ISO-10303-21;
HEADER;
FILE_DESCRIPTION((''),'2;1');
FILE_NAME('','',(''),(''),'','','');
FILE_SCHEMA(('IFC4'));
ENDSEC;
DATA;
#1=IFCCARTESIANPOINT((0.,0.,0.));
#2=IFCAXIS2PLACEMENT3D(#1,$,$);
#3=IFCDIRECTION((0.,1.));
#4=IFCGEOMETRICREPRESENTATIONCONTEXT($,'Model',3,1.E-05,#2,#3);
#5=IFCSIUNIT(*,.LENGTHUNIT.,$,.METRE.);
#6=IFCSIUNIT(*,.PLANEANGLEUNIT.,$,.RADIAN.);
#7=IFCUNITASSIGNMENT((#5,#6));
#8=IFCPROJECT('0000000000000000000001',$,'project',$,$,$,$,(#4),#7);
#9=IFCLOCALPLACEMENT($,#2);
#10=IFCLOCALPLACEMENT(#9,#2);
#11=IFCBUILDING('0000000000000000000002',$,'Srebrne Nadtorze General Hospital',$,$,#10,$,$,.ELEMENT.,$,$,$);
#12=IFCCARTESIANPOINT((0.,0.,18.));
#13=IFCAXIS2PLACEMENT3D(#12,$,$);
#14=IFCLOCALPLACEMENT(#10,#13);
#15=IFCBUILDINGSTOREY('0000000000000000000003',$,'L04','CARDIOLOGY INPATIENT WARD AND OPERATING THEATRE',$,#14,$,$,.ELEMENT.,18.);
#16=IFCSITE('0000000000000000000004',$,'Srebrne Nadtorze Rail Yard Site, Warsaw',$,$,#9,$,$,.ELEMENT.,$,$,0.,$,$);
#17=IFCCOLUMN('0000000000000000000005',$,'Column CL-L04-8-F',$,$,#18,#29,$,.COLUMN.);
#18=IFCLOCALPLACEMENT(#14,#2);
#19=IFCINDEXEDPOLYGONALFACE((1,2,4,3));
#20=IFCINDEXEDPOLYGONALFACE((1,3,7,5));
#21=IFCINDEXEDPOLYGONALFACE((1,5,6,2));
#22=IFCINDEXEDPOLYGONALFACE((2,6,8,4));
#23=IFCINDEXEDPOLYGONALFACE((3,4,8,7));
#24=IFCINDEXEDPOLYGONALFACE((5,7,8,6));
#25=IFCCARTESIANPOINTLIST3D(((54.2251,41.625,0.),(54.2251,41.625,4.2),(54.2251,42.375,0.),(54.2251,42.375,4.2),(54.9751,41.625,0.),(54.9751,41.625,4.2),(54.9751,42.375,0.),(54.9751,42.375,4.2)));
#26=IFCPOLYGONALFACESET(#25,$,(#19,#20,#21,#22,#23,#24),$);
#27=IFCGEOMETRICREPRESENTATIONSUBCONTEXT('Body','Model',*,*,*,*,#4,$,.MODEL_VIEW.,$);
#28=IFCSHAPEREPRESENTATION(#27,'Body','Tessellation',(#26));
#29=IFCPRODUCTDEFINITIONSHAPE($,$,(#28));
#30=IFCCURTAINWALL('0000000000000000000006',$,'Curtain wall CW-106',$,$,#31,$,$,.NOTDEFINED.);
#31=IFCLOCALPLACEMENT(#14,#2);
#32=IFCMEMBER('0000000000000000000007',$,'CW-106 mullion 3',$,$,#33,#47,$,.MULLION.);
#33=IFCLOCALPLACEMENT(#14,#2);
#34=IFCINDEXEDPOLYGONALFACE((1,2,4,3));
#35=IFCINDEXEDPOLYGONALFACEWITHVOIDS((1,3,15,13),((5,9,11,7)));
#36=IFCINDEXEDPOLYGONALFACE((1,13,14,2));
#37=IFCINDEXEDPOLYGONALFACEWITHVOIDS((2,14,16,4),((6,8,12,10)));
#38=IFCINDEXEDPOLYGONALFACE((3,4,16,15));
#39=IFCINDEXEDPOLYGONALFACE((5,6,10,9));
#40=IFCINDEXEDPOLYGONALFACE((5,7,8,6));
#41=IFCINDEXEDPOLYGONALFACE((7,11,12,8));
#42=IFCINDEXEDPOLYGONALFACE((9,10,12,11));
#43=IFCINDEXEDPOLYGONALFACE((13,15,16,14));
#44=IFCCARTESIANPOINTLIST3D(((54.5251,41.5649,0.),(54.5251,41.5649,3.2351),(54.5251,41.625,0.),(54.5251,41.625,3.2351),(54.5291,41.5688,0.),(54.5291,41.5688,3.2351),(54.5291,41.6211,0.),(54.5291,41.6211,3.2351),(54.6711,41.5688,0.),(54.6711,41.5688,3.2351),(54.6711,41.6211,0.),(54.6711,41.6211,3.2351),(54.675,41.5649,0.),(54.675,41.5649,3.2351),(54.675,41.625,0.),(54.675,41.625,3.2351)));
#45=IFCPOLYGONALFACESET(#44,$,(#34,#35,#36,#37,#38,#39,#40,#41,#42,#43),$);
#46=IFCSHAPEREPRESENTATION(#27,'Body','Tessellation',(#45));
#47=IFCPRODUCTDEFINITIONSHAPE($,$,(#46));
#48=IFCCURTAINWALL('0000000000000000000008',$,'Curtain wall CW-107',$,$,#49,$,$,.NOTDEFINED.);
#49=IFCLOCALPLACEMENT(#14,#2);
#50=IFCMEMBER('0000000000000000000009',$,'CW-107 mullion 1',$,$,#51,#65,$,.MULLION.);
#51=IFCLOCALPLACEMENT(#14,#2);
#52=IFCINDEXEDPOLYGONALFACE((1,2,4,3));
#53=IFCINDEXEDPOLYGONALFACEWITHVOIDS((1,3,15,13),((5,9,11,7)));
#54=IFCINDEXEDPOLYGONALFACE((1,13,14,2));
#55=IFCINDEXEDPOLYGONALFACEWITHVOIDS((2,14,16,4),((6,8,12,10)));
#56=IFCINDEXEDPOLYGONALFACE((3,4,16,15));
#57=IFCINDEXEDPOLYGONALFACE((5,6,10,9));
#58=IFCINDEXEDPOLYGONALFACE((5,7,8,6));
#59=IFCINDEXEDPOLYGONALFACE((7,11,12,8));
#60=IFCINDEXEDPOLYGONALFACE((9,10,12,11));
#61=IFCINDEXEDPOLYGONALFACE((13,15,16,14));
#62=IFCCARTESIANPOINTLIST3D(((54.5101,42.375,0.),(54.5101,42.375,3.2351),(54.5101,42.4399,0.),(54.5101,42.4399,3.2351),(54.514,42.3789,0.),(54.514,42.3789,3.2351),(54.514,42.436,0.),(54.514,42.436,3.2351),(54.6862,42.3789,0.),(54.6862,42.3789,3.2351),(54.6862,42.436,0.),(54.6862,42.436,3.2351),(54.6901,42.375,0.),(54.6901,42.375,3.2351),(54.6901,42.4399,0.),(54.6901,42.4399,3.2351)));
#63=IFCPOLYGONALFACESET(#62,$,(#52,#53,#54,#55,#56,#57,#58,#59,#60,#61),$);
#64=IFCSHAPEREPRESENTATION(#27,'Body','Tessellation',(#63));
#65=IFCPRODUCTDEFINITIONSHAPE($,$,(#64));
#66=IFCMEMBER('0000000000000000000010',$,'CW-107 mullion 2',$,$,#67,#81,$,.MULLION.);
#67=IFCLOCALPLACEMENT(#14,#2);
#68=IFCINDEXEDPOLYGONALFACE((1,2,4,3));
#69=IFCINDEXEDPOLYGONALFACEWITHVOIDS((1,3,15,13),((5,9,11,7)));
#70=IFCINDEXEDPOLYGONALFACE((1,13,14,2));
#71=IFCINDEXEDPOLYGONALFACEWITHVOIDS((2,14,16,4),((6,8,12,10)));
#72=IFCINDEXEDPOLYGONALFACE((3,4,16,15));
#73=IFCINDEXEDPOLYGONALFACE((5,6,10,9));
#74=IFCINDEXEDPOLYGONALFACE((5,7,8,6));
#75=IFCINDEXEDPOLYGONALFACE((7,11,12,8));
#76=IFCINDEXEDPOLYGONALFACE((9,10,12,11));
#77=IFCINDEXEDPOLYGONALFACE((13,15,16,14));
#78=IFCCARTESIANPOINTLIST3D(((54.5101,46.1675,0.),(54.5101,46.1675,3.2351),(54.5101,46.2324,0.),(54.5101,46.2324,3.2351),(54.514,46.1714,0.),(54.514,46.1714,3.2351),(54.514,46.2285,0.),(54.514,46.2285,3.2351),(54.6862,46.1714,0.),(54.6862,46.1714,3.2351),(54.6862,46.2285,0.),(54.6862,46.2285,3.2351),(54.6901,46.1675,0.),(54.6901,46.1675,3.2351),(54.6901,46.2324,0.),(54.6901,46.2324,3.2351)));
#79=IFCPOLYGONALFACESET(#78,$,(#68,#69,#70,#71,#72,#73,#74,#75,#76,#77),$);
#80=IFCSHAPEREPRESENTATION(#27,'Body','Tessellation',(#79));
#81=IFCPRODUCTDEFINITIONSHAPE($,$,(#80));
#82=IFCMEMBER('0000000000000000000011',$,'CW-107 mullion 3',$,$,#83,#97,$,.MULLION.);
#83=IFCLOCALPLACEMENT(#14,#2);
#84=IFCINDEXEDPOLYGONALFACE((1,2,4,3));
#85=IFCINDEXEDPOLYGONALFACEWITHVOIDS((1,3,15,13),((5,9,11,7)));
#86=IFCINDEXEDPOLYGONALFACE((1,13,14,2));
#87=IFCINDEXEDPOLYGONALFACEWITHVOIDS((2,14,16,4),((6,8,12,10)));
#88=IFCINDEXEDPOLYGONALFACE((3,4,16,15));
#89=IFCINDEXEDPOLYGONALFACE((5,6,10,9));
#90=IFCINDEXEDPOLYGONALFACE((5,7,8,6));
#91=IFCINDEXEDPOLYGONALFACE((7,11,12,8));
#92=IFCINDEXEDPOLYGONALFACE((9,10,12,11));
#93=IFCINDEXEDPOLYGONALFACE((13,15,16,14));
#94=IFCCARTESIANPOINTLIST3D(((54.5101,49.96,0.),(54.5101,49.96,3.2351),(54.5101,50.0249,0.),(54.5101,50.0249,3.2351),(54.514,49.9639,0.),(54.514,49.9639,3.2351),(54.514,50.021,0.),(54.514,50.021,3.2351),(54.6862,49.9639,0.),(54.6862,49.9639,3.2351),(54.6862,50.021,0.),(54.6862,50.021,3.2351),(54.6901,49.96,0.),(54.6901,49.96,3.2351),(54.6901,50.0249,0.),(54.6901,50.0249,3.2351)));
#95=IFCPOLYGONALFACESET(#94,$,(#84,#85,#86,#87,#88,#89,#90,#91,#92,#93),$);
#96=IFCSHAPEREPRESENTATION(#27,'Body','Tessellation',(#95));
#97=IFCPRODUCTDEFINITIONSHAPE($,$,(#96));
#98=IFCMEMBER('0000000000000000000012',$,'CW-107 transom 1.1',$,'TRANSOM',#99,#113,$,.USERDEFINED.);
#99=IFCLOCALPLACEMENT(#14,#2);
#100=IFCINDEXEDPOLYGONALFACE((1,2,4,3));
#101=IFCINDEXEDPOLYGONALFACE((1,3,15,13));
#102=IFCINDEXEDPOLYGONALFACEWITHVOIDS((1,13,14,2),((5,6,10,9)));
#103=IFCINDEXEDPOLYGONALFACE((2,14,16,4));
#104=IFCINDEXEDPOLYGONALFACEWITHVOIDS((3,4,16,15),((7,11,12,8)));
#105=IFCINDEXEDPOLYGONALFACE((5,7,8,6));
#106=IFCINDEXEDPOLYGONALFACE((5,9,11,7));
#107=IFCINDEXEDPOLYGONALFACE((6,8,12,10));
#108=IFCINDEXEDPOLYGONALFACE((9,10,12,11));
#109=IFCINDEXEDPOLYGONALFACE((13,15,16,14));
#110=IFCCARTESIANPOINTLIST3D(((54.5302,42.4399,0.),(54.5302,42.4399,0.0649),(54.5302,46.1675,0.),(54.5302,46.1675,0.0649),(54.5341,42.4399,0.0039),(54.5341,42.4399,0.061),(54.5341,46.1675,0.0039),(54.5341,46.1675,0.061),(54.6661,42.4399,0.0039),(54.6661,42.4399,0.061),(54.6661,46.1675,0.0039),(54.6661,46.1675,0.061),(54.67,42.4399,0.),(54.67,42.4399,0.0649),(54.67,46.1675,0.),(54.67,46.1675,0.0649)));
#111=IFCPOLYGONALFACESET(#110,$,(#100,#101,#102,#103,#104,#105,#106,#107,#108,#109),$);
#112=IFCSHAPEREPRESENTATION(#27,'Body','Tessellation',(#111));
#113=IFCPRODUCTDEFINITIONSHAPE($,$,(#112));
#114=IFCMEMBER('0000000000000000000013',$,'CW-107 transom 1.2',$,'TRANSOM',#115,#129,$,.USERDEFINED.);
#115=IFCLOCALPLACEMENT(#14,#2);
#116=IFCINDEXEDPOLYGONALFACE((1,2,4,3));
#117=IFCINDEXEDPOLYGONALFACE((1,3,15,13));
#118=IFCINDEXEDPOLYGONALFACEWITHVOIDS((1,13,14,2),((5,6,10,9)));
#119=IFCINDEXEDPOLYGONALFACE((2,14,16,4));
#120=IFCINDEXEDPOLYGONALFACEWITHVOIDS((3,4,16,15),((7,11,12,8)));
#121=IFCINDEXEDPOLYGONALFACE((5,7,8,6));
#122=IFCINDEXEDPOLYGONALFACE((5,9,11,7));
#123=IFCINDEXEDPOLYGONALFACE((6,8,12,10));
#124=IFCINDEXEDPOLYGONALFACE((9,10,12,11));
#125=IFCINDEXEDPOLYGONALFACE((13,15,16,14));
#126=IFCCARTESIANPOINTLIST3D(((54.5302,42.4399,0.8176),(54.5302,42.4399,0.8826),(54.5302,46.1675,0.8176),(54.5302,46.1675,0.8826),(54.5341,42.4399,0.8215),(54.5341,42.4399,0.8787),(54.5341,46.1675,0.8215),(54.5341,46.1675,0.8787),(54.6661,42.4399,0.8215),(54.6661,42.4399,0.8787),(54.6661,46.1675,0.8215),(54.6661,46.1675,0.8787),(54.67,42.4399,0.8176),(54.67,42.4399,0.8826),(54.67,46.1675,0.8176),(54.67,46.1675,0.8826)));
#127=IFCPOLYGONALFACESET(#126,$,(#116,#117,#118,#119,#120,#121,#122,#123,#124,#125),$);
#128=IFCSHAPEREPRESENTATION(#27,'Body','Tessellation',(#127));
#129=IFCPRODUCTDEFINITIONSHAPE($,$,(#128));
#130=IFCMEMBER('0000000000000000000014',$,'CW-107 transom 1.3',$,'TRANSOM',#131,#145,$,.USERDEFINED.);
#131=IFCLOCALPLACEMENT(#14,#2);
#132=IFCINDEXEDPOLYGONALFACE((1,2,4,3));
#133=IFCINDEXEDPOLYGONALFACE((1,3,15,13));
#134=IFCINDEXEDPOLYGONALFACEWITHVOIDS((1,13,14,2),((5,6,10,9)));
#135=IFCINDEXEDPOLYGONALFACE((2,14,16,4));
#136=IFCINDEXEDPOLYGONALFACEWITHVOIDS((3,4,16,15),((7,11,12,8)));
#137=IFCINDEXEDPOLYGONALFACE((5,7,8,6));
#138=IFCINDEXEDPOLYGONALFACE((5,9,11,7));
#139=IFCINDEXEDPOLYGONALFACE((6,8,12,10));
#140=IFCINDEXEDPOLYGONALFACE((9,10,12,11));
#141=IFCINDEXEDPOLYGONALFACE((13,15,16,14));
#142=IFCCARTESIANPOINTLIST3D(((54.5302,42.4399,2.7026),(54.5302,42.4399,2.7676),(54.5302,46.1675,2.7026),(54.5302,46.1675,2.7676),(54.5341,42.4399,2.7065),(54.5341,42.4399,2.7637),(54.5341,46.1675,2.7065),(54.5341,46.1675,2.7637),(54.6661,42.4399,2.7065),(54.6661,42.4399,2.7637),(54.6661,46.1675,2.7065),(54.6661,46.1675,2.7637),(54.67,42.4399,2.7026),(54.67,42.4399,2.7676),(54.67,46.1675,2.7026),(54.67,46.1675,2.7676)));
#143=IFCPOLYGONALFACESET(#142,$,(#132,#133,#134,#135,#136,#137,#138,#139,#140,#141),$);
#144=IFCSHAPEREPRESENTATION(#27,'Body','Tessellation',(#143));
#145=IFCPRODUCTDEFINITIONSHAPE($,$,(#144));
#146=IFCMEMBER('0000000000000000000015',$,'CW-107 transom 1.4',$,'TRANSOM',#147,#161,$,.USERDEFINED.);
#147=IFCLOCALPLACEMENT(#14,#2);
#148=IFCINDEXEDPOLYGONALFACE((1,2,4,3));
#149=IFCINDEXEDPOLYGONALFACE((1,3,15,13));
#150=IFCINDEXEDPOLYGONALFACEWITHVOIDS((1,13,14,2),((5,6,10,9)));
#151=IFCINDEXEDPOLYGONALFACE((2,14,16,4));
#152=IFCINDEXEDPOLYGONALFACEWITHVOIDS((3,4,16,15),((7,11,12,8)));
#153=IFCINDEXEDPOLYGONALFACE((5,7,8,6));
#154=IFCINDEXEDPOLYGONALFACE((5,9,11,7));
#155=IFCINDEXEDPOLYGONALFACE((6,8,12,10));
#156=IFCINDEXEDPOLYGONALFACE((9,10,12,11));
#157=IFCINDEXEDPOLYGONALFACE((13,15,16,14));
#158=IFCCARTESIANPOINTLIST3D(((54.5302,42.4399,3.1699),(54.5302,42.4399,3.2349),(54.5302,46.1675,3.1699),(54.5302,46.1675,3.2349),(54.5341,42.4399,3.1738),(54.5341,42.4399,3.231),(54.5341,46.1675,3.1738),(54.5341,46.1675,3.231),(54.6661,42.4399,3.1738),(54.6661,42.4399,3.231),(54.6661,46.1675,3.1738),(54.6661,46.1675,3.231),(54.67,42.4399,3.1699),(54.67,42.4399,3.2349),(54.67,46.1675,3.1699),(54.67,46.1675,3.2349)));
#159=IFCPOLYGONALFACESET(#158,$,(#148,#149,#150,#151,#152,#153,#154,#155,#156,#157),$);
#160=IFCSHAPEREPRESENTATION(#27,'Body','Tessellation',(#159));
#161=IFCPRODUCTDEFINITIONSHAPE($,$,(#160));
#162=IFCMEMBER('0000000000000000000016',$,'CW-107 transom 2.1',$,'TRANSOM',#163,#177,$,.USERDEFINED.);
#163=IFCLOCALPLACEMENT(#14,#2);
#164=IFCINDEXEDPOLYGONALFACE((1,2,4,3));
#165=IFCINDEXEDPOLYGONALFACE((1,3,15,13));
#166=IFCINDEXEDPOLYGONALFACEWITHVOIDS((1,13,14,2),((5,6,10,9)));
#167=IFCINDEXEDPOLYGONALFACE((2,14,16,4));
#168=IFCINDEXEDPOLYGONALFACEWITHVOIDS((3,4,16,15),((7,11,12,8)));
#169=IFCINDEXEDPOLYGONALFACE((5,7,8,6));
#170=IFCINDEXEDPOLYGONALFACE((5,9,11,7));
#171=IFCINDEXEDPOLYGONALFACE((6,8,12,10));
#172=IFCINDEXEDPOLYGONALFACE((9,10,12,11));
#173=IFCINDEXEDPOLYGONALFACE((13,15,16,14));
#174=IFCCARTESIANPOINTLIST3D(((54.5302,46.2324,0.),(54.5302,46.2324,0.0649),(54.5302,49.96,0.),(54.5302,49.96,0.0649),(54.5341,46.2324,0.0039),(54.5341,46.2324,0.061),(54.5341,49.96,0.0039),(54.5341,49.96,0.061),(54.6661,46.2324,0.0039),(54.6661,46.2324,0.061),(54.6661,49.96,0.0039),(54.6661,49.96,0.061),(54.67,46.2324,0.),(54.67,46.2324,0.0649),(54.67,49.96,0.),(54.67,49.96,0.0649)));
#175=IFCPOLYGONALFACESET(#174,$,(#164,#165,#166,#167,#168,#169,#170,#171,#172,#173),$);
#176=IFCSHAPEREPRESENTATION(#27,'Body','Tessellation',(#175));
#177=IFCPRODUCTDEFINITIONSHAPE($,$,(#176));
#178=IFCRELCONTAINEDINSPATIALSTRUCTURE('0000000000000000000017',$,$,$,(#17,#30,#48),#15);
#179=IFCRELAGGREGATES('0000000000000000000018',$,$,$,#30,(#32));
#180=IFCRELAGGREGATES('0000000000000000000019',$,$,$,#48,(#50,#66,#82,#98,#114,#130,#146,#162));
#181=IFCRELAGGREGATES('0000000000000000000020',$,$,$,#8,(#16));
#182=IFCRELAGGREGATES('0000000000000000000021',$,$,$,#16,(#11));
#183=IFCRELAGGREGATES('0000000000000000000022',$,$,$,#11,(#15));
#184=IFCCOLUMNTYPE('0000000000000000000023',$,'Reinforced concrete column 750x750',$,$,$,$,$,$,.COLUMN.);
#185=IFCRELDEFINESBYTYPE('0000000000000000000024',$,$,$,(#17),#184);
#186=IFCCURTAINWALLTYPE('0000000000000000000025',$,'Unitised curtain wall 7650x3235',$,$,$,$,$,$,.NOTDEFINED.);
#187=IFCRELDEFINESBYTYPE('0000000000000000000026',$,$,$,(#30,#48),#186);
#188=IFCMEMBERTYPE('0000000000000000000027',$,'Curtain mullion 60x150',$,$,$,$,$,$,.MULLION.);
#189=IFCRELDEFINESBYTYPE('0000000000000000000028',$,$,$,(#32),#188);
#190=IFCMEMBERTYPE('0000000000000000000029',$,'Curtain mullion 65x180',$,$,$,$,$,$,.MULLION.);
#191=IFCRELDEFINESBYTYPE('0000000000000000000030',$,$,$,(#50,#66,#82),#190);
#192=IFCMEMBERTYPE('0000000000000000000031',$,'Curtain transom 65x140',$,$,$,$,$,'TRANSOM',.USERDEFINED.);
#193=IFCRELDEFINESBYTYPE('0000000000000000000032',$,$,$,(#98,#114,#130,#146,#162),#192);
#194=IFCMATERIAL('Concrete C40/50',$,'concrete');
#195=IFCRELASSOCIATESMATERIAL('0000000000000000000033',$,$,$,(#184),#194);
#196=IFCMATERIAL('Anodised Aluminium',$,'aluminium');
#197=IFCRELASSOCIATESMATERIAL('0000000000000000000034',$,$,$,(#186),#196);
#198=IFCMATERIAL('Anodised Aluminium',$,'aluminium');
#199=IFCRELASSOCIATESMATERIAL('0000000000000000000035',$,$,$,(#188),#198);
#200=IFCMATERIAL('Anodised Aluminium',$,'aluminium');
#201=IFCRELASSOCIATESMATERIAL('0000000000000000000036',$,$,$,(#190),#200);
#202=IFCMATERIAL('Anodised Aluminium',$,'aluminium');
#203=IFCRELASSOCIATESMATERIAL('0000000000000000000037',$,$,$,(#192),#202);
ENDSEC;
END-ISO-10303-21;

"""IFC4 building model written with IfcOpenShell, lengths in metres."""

from ifc_helpers import new_model, si_unit, direction, frame, origin, origin_2d, place, context, subcontext, project, spatial, rectangle, hollow_rectangle, extrude, material, material_profile, profile_set, type_object, element, aggregate, save


model = new_model("IFC4")

# Units and contexts
model_context = context("Model", 3, precision=1e-05, world=origin(), true_north=direction((0.0, 1.0)))
body_context = subcontext(model_context, "Body", "Model", "MODEL_VIEW")
ifc_project = project(units=[si_unit("LENGTHUNIT", "METRE"), si_unit("PLANEANGLEUNIT", "RADIAN")], contexts=[model_context])

# Site, building, storey
site_placement = place(None, origin())
site = spatial("IfcSite", under=ifc_project, at=site_placement, Name="Srebrne Nadtorze Rail Yard Site, Warsaw", CompositionType="ELEMENT", RefElevation=0.0)
building_placement = place(site_placement, origin())
building = spatial("IfcBuilding", under=site, at=building_placement, Name="Srebrne Nadtorze General Hospital", CompositionType="ELEMENT")
storey_placement = place(building_placement, frame((0.0, 0.0, 18.0)))
storey = spatial("IfcBuildingStorey", under=building, at=storey_placement, Name="L04", Description="CARDIOLOGY INPATIENT WARD AND OPERATING THEATRE", CompositionType="ELEMENT", Elevation=18.0)

# Column
ifc_material_1 = material(Name="Concrete C40/50", Category="concrete")
ifc_material_profile_1 = material_profile(ifc_material_1, rectangle(XDim=0.75, YDim=0.75, at=origin_2d()), Name="RC-COL-750x750")
ifc_profile_set_1 = profile_set([ifc_material_profile_1], Name="Concrete C40/50")
column_type = type_object("IfcColumnType", Name="Reinforced concrete column 750x750", PredefinedType="COLUMN", material=ifc_profile_set_1)
column_placement = place(storey_placement, frame((54.6001, 42.0, 0.0), z_axis=(0.0, 0.0, 1.0), x_axis=(1.0, 0.0, 0.0)))
element("IfcColumn", 1, at=column_placement, inside=storey, type_object=column_type, Name="Column CL-L04-8-F", PredefinedType="COLUMN", context=body_context, shape_type="SweptSolid", body=[
    extrude(rectangle(XDim=0.75, YDim=0.75, at=origin_2d()), origin(), (0.0, 0.0, 1.0), 4.2),
])

# Curtain wall, member
ifc_material_2 = material(Name="Anodised Aluminium", Category="aluminium")
curtain_wall_type = type_object("IfcCurtainWallType", Name="Unitised curtain wall 7650x3235", PredefinedType="NOTDEFINED", material=ifc_material_2)
curtain_wall_1_placement = place(storey_placement, origin())
curtain_wall_1 = element("IfcCurtainWall", 2, at=curtain_wall_1_placement, inside=storey, type_object=curtain_wall_type, Name="Curtain wall CW-106", PredefinedType="NOTDEFINED")
ifc_material_3 = material(Name="Anodised Aluminium", Category="aluminium")
ifc_material_profile_2 = material_profile(ifc_material_3, hollow_rectangle(XDim=0.0601, YDim=0.1499, WallThickness=0.0039, at=origin_2d()), Name="AL-MUL-60x150")
ifc_profile_set_2 = profile_set([ifc_material_profile_2], Name="Anodised Aluminium")
member_type_1 = type_object("IfcMemberType", Name="Curtain mullion 60x150", PredefinedType="MULLION", material=ifc_profile_set_2)
member_1_placement = place(storey_placement, frame((54.6001, 41.595, 0.0), z_axis=(0.0, 0.0, 1.0), x_axis=(0.0, 1.0, 0.0)))
member_1 = element("IfcMember", 3, at=member_1_placement, type_object=member_type_1, Name="CW-106 mullion 3", PredefinedType="MULLION", context=body_context, shape_type="SweptSolid", body=[
    extrude(hollow_rectangle(XDim=0.0601, YDim=0.1499, WallThickness=0.0039, at=origin_2d()), origin(), (0.0, 0.0, 1.0), 3.2351),
])
aggregate(curtain_wall_1, [member_1])

# Curtain wall, members
curtain_wall_2_placement = place(storey_placement, origin())
curtain_wall_2 = element("IfcCurtainWall", 4, at=curtain_wall_2_placement, inside=storey, type_object=curtain_wall_type, Name="Curtain wall CW-107", PredefinedType="NOTDEFINED")
ifc_material_4 = material(Name="Anodised Aluminium", Category="aluminium")
ifc_material_profile_3 = material_profile(ifc_material_4, hollow_rectangle(XDim=0.0649, YDim=0.1799, WallThickness=0.0039, at=origin_2d()), Name="AL-MUL-65x180")
ifc_profile_set_3 = profile_set([ifc_material_profile_3], Name="Anodised Aluminium")
member_type_2 = type_object("IfcMemberType", Name="Curtain mullion 65x180", PredefinedType="MULLION", material=ifc_profile_set_3)
member_2_placement = place(storey_placement, frame((54.6001, 42.4075, 0.0), z_axis=(0.0, 0.0, 1.0), x_axis=(0.0, 1.0, 0.0)))
member_2 = element("IfcMember", 5, at=member_2_placement, type_object=member_type_2, Name="CW-107 mullion 1", PredefinedType="MULLION", context=body_context, shape_type="SweptSolid", body=[
    extrude(hollow_rectangle(XDim=0.0649, YDim=0.1799, WallThickness=0.0039, at=origin_2d()), origin(), (0.0, 0.0, 1.0), 3.2351),
])
member_3_placement = place(storey_placement, frame((54.6001, 46.2, 0.0), z_axis=(0.0, 0.0, 1.0), x_axis=(0.0, 1.0, 0.0)))
member_3 = element("IfcMember", 6, at=member_3_placement, type_object=member_type_2, Name="CW-107 mullion 2", PredefinedType="MULLION", context=body_context, shape_type="SweptSolid", body=[
    extrude(hollow_rectangle(XDim=0.0649, YDim=0.1799, WallThickness=0.0039, at=origin_2d()), origin(), (0.0, 0.0, 1.0), 3.2351),
])
member_4_placement = place(storey_placement, frame((54.6001, 49.9924, 0.0), z_axis=(0.0, 0.0, 1.0), x_axis=(0.0, 1.0, 0.0)))
member_4 = element("IfcMember", 7, at=member_4_placement, type_object=member_type_2, Name="CW-107 mullion 3", PredefinedType="MULLION", context=body_context, shape_type="SweptSolid", body=[
    extrude(hollow_rectangle(XDim=0.0649, YDim=0.1799, WallThickness=0.0039, at=origin_2d()), origin(), (0.0, 0.0, 1.0), 3.2351),
])
ifc_material_5 = material(Name="Anodised Aluminium", Category="aluminium")
ifc_material_profile_4 = material_profile(ifc_material_5, hollow_rectangle(XDim=0.0649, YDim=0.1399, WallThickness=0.0039, at=origin_2d()), Name="AL-TRN-65x140")
ifc_profile_set_4 = profile_set([ifc_material_profile_4], Name="Anodised Aluminium")
member_type_3 = type_object("IfcMemberType", Name="Curtain transom 65x140", ElementType="TRANSOM", PredefinedType="USERDEFINED", material=ifc_profile_set_4)
member_5_placement = place(storey_placement, frame((54.6001, 42.4399, 0.0325), z_axis=(0.0, 1.0, 0.0), x_axis=(0.0, 0.0, 1.0)))
member_5 = element("IfcMember", 8, at=member_5_placement, type_object=member_type_3, Name="CW-107 transom 1.1", ObjectType="TRANSOM", PredefinedType="USERDEFINED", context=body_context, shape_type="SweptSolid", body=[
    extrude(hollow_rectangle(XDim=0.0649, YDim=0.1399, WallThickness=0.0039, at=origin_2d()), origin(), (0.0, 0.0, 1.0), 3.7275),
])
member_6_placement = place(storey_placement, frame((54.6001, 42.4399, 0.8501), z_axis=(0.0, 1.0, 0.0), x_axis=(0.0, 0.0, 1.0)))
member_6 = element("IfcMember", 9, at=member_6_placement, type_object=member_type_3, Name="CW-107 transom 1.2", ObjectType="TRANSOM", PredefinedType="USERDEFINED", context=body_context, shape_type="SweptSolid", body=[
    extrude(hollow_rectangle(XDim=0.0649, YDim=0.1399, WallThickness=0.0039, at=origin_2d()), origin(), (0.0, 0.0, 1.0), 3.7275),
])
member_7_placement = place(storey_placement, frame((54.6001, 42.4399, 2.7351), z_axis=(0.0, 1.0, 0.0), x_axis=(0.0, 0.0, 1.0)))
member_7 = element("IfcMember", 10, at=member_7_placement, type_object=member_type_3, Name="CW-107 transom 1.3", ObjectType="TRANSOM", PredefinedType="USERDEFINED", context=body_context, shape_type="SweptSolid", body=[
    extrude(hollow_rectangle(XDim=0.0649, YDim=0.1399, WallThickness=0.0039, at=origin_2d()), origin(), (0.0, 0.0, 1.0), 3.7275),
])
member_8_placement = place(storey_placement, frame((54.6001, 42.4399, 3.2024), z_axis=(0.0, 1.0, 0.0), x_axis=(0.0, 0.0, 1.0)))
member_8 = element("IfcMember", 11, at=member_8_placement, type_object=member_type_3, Name="CW-107 transom 1.4", ObjectType="TRANSOM", PredefinedType="USERDEFINED", context=body_context, shape_type="SweptSolid", body=[
    extrude(hollow_rectangle(XDim=0.0649, YDim=0.1399, WallThickness=0.0039, at=origin_2d()), origin(), (0.0, 0.0, 1.0), 3.7275),
])
member_9_placement = place(storey_placement, frame((54.6001, 46.2324, 0.0325), z_axis=(0.0, 1.0, 0.0), x_axis=(0.0, 0.0, 1.0)))
member_9 = element("IfcMember", 12, at=member_9_placement, type_object=member_type_3, Name="CW-107 transom 2.1", ObjectType="TRANSOM", PredefinedType="USERDEFINED", context=body_context, shape_type="SweptSolid", body=[
    extrude(hollow_rectangle(XDim=0.0649, YDim=0.1399, WallThickness=0.0039, at=origin_2d()), origin(), (0.0, 0.0, 1.0), 3.7275),
])

aggregate(curtain_wall_2, [member_2, member_3, member_4, member_5, member_6, member_7, member_8, member_9])

save(model, "model.ifc")
